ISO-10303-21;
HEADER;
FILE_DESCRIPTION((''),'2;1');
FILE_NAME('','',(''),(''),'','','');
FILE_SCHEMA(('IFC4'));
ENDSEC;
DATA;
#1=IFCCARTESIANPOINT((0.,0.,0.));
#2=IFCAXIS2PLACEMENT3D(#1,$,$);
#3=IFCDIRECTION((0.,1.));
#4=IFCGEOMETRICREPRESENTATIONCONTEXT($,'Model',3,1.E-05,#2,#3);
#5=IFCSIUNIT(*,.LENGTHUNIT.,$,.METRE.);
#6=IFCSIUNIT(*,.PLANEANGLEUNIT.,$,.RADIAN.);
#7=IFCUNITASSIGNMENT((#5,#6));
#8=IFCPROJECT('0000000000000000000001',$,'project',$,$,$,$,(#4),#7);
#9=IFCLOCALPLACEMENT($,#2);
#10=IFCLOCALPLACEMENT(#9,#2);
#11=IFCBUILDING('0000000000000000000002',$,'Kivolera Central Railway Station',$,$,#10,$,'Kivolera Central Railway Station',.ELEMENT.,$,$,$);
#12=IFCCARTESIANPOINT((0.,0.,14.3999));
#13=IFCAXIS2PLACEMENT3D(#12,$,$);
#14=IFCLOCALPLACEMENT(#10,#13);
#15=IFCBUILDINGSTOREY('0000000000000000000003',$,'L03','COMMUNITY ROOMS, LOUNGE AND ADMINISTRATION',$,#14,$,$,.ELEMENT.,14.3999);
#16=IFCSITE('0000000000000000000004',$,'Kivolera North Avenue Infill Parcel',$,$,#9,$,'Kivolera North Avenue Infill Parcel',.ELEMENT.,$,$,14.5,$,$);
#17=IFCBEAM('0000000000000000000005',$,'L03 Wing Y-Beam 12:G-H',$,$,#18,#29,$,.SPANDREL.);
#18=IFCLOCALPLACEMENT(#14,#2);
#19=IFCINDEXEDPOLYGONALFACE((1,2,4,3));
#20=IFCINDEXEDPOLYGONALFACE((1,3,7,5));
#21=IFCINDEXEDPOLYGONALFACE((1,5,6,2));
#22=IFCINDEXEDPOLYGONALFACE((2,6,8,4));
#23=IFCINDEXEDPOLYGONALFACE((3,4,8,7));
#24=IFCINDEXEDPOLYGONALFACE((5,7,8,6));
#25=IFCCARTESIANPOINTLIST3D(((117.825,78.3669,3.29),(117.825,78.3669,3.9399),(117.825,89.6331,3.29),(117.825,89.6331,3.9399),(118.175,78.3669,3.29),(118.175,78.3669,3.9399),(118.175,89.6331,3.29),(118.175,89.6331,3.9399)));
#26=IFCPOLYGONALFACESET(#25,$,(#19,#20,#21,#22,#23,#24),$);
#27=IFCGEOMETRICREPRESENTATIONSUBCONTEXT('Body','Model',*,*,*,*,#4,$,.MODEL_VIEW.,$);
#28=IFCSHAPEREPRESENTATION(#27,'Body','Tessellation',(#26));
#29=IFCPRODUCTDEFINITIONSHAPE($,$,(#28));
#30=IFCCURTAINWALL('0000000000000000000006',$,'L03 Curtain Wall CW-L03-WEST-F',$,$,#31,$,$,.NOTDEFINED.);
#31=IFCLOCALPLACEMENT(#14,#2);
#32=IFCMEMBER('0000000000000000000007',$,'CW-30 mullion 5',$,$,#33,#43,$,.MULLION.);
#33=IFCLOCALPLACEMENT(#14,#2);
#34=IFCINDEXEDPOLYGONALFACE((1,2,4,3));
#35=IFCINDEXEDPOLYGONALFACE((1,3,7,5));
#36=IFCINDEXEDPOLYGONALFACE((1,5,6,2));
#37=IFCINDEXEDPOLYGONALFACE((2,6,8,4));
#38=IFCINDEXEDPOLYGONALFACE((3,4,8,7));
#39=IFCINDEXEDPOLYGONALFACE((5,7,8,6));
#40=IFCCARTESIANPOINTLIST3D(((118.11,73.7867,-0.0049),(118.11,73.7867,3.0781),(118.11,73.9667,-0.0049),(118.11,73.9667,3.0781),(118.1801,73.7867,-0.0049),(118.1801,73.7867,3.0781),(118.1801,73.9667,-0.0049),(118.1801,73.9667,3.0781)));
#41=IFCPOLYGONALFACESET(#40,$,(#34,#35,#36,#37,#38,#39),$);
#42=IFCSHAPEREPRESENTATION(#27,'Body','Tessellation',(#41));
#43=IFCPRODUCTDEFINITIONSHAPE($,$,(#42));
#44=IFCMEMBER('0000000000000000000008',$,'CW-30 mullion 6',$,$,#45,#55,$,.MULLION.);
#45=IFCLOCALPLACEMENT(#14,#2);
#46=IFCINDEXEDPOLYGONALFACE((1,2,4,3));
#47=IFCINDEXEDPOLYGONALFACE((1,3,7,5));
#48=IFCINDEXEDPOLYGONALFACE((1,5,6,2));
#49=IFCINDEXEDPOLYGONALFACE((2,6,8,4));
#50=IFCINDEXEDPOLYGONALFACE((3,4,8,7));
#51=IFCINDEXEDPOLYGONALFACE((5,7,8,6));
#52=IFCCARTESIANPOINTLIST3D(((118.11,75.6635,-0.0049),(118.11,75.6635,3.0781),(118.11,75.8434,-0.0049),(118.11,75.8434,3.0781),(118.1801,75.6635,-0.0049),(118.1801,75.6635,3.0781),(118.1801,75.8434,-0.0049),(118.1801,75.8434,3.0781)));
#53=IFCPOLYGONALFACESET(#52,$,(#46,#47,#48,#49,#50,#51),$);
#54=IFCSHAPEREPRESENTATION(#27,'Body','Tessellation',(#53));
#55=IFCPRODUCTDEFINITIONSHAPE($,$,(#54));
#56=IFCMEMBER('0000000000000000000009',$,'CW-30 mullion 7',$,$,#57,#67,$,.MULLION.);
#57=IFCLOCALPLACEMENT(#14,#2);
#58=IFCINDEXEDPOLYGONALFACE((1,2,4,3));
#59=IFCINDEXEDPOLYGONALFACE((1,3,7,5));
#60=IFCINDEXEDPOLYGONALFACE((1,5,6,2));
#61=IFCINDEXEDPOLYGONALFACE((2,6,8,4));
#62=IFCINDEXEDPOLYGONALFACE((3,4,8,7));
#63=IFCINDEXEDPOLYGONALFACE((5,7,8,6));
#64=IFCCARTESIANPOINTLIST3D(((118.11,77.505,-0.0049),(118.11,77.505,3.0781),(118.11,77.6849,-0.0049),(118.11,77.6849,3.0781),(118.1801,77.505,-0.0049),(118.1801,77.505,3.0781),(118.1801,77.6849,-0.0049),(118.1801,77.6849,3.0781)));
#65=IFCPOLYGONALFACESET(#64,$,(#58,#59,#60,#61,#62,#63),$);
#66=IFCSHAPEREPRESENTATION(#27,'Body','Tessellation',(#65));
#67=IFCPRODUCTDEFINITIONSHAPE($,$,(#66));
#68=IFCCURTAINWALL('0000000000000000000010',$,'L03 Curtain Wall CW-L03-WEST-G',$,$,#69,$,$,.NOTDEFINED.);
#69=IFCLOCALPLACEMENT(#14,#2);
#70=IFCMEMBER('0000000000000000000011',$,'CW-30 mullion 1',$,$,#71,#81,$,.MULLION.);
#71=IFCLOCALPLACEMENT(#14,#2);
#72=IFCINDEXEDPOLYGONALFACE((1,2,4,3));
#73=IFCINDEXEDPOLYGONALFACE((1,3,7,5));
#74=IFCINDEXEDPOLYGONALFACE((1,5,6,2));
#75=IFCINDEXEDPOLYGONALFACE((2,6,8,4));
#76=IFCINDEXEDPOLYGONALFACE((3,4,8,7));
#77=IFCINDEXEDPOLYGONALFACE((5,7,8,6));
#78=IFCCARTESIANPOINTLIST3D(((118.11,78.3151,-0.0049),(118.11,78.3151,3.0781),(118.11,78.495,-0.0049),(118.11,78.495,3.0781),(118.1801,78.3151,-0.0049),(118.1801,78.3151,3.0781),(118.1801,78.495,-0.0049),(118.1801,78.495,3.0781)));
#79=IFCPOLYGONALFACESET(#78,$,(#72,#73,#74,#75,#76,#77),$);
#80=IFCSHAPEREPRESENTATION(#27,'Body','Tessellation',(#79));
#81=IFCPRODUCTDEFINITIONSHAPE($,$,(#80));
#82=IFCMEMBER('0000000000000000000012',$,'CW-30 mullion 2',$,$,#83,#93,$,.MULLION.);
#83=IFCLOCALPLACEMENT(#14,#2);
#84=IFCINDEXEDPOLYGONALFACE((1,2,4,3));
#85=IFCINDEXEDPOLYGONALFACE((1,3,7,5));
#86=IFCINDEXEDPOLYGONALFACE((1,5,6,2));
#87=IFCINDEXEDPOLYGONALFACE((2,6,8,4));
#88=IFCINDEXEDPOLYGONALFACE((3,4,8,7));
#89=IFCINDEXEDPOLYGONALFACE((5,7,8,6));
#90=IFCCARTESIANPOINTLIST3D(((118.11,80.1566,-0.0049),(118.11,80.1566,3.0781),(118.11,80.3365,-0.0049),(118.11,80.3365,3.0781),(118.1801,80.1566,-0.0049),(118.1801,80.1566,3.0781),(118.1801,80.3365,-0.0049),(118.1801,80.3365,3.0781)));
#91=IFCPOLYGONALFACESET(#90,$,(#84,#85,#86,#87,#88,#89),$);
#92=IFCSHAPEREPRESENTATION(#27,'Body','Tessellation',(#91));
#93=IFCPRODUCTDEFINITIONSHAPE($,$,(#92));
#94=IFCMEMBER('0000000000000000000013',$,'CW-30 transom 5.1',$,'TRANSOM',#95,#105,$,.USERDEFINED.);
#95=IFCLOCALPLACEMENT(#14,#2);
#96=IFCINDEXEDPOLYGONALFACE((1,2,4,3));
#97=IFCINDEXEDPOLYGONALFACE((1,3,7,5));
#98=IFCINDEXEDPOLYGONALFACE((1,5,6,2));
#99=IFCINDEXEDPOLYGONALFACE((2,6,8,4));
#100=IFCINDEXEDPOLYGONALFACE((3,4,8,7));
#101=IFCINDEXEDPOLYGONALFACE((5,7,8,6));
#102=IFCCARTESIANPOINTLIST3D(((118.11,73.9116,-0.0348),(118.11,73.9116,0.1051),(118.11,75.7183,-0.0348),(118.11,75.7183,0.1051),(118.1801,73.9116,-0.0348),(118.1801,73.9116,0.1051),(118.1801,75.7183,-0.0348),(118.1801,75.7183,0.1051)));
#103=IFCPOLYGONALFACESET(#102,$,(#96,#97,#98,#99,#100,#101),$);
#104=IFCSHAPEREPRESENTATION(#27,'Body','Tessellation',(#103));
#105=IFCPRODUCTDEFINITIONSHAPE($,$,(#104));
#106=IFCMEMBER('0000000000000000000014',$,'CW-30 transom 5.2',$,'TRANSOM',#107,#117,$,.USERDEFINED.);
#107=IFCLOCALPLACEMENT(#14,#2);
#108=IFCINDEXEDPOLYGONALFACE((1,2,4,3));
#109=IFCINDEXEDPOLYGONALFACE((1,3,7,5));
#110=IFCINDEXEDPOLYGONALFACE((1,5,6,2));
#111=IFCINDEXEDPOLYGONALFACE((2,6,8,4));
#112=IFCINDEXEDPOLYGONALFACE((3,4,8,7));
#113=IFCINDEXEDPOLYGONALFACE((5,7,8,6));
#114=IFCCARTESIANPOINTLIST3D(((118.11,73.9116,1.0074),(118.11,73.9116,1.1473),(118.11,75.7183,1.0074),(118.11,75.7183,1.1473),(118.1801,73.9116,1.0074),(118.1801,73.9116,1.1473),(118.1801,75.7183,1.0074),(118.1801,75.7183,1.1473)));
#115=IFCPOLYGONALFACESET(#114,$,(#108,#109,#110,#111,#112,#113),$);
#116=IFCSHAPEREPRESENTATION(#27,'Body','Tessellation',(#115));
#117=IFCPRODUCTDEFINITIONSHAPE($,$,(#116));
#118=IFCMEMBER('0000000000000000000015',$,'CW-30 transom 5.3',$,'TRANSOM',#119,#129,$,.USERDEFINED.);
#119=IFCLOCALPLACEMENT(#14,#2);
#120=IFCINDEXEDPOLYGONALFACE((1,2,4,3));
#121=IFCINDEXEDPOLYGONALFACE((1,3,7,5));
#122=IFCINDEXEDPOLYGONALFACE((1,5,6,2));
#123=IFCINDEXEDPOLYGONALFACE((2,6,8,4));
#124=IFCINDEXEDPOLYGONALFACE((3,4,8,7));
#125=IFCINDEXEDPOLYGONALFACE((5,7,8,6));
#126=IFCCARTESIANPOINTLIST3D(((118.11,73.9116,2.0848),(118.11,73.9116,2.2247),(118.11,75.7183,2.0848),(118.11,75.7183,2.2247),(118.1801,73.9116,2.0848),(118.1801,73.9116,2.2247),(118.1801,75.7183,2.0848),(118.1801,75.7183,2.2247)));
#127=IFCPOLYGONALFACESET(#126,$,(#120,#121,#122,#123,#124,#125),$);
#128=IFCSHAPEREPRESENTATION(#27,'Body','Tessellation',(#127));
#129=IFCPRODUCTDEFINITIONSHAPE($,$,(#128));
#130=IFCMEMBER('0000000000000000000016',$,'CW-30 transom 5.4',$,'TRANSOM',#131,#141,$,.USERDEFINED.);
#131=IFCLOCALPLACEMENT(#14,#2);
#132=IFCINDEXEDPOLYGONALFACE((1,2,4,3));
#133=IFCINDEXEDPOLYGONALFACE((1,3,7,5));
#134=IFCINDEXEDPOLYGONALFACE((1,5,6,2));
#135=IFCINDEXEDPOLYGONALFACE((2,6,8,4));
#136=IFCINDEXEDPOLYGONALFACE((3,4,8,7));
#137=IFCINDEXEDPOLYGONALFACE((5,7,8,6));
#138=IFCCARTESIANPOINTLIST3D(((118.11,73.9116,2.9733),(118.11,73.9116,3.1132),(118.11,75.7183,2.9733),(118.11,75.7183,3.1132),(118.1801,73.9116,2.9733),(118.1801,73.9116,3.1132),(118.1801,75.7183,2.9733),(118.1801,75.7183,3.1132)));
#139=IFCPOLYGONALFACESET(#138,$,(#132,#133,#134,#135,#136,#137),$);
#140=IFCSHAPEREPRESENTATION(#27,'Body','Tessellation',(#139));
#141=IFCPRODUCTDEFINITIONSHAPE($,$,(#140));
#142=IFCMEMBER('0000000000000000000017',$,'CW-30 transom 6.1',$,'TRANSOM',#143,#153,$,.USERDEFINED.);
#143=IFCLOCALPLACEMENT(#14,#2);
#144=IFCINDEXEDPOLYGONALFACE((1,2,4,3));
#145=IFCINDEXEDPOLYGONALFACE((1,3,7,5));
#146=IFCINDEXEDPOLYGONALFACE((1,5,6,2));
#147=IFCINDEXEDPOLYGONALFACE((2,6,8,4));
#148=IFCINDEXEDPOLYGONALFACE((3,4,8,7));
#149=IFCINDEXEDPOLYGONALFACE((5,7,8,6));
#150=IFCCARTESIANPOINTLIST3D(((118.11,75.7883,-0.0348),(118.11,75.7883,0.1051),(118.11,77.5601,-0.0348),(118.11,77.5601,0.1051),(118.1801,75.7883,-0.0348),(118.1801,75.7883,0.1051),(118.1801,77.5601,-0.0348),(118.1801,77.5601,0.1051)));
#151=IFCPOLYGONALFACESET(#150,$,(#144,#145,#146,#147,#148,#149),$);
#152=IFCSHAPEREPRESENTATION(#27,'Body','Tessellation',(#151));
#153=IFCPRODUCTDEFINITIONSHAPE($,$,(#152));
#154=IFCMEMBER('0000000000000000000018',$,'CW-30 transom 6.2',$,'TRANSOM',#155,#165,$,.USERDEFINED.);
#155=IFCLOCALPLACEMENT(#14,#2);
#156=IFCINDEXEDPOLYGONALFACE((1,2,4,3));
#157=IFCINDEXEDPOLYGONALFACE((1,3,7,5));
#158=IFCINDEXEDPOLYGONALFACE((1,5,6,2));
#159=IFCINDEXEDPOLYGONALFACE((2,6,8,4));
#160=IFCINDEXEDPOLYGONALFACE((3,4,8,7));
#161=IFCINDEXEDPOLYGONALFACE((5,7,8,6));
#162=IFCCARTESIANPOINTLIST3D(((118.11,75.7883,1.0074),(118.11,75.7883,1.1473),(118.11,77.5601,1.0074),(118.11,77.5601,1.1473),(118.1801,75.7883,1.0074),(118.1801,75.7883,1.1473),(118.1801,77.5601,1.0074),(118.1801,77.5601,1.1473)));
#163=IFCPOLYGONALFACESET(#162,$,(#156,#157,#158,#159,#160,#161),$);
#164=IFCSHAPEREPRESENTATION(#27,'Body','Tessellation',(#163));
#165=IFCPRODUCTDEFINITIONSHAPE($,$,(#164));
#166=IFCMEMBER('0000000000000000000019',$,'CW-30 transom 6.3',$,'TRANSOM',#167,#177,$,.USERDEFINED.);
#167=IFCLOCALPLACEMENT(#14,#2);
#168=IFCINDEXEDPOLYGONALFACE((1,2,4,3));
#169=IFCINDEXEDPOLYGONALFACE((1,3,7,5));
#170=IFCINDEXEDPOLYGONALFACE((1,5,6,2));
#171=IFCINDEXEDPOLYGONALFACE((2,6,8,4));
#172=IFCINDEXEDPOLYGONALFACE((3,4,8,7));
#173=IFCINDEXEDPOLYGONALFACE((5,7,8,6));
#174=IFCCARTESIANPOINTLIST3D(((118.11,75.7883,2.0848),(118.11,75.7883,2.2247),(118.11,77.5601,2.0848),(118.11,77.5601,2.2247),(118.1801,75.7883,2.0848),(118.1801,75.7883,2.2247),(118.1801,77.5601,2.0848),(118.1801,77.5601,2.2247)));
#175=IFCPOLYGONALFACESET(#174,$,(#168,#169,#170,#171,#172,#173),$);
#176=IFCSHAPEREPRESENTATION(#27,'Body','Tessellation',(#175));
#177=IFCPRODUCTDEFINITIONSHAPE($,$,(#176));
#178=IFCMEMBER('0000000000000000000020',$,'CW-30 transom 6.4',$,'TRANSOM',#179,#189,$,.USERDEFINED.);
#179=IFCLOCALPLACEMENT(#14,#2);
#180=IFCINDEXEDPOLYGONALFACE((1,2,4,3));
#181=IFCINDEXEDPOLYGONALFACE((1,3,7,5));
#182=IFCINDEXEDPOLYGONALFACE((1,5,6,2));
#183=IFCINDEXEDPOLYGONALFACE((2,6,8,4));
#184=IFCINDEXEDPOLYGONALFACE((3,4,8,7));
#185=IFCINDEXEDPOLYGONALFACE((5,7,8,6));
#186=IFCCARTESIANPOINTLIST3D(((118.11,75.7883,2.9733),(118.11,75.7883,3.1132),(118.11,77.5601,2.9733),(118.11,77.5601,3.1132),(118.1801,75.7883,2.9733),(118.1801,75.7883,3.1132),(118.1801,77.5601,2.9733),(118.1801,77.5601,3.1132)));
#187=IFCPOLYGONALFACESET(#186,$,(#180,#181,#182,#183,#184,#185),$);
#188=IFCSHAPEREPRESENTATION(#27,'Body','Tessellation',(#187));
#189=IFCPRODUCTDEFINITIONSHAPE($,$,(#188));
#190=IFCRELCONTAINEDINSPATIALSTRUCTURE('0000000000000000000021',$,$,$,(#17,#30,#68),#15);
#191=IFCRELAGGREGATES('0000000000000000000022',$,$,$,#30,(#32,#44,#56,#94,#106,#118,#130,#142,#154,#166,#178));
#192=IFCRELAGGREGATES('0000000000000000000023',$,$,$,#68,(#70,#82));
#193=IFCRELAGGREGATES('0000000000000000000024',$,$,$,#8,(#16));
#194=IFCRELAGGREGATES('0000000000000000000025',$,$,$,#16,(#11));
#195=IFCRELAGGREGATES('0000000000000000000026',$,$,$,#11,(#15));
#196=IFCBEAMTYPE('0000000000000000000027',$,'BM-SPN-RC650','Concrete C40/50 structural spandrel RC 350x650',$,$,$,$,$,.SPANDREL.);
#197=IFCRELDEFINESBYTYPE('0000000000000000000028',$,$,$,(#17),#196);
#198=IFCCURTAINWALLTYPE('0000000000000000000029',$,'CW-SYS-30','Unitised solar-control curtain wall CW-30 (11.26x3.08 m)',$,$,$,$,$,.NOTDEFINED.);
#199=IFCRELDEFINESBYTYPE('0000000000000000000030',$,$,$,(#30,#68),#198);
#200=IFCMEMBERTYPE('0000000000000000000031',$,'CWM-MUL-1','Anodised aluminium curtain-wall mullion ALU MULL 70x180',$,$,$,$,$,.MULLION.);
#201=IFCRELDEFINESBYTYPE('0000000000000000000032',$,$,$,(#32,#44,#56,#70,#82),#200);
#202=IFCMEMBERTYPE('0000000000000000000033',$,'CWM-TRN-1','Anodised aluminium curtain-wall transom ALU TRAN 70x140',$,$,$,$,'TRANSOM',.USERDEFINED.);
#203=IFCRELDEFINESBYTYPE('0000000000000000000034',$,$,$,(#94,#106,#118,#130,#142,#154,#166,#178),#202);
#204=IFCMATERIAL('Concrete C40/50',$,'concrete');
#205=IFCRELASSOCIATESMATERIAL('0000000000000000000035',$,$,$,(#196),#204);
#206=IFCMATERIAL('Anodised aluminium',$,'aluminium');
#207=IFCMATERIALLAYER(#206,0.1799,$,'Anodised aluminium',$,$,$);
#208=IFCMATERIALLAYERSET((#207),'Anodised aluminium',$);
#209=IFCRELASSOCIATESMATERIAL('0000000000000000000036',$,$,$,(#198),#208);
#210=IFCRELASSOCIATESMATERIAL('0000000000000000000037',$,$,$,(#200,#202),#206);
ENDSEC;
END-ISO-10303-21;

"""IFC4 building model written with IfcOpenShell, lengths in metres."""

from ifc_helpers import new_model, si_unit, direction, frame, origin, origin_2d, place, context, subcontext, project, spatial, rectangle, extrude, material, layer, layer_set, material_profile, profile_set, type_object, element, aggregate, save


model = new_model("IFC4")

# Units and contexts
model_context = context("Model", 3, precision=1e-05, world=origin(), true_north=direction((0.0, 1.0)))
body_context = subcontext(model_context, "Body", "Model", "MODEL_VIEW")
ifc_project = project(units=[si_unit("LENGTHUNIT", "METRE"), si_unit("PLANEANGLEUNIT", "RADIAN")], contexts=[model_context])

# Site, building, storey
site_placement = place(None, origin())
site = spatial("IfcSite", under=ifc_project, at=site_placement, Name="Kivolera North Avenue Infill Parcel", LongName="Kivolera North Avenue Infill Parcel", CompositionType="ELEMENT", RefElevation=14.5)
building_placement = place(site_placement, origin())
building = spatial("IfcBuilding", under=site, at=building_placement, Name="Kivolera Central Railway Station", LongName="Kivolera Central Railway Station", CompositionType="ELEMENT")
storey_placement = place(building_placement, frame((0.0, 0.0, 14.3999)))
storey = spatial("IfcBuildingStorey", under=building, at=storey_placement, Name="L03", Description="COMMUNITY ROOMS, LOUNGE AND ADMINISTRATION", CompositionType="ELEMENT", Elevation=14.3999)

# Beam
ifc_material_1 = material(Name="Concrete C40/50", Category="concrete")
ifc_material_profile_1 = material_profile(ifc_material_1, rectangle(XDim=0.3501, YDim=0.6499, at=origin_2d()), Name="RC 350x650")
ifc_profile_set_1 = profile_set([ifc_material_profile_1], Name="Concrete C40/50")
beam_type = type_object("IfcBeamType", Name="BM-SPN-RC650", Description="Concrete C40/50 structural spandrel RC 350x650", PredefinedType="SPANDREL", material=ifc_profile_set_1)
beam_placement = place(storey_placement, frame((118.0, 78.3669, 3.615), z_axis=(0.0, 1.0, 0.0), x_axis=(-1.0, 0.0, 0.0)))
element("IfcBeam", 1, at=beam_placement, inside=storey, type_object=beam_type, Name="L03 Wing Y-Beam 12:G-H", PredefinedType="SPANDREL", context=body_context, shape_type="SweptSolid", body=[
    extrude(rectangle(XDim=0.3501, YDim=0.6499, at=origin_2d()), origin(), (0.0, 0.0, 1.0), 11.2661),
])

# Curtain walls, members
ifc_material_2 = material(Name="Anodised aluminium", Category="aluminium")
ifc_layer_1 = layer(ifc_material_2, 0.1799, Name="Anodised aluminium")
ifc_layer_set_1 = layer_set([ifc_layer_1], Name="Anodised aluminium")
curtain_wall_type = type_object("IfcCurtainWallType", Name="CW-SYS-30", Description="Unitised solar-control curtain wall CW-30 (11.26x3.08 m)", PredefinedType="NOTDEFINED", material=ifc_layer_set_1)
curtain_wall_1_placement = place(storey_placement, origin())
curtain_wall_1 = element("IfcCurtainWall", 2, at=curtain_wall_1_placement, inside=storey, type_object=curtain_wall_type, Name="L03 Curtain Wall CW-L03-WEST-F", PredefinedType="NOTDEFINED")
ifc_material_profile_2 = material_profile(ifc_material_2, rectangle(XDim=0.0701, YDim=0.1799, at=origin_2d()), Name="ALU MULL 70x180")
ifc_profile_set_2 = profile_set([ifc_material_profile_2], Name="Anodised aluminium")
member_type_1 = type_object("IfcMemberType", Name="CWM-MUL-1", Description="Anodised aluminium curtain-wall mullion ALU MULL 70x180", PredefinedType="MULLION", material=ifc_profile_set_2)
member_1_placement = place(storey_placement, frame((118.145, 73.8767, -0.0049), z_axis=(0.0, 0.0, 1.0), x_axis=(-1.0, 0.0, 0.0)))
member_1 = element("IfcMember", 3, at=member_1_placement, type_object=member_type_1, Name="CW-30 mullion 5", PredefinedType="MULLION", context=body_context, shape_type="SweptSolid", body=[
    extrude(rectangle(XDim=0.0701, YDim=0.1799, at=origin_2d()), origin(), (0.0, 0.0, 1.0), 3.083),
])
member_2_placement = place(storey_placement, frame((118.145, 75.7534, -0.0049), z_axis=(0.0, 0.0, 1.0), x_axis=(-1.0, 0.0, 0.0)))
member_2 = element("IfcMember", 4, at=member_2_placement, type_object=member_type_1, Name="CW-30 mullion 6", PredefinedType="MULLION", context=body_context, shape_type="SweptSolid", body=[
    extrude(rectangle(XDim=0.0701, YDim=0.1799, at=origin_2d()), origin(), (0.0, 0.0, 1.0), 3.083),
])
member_3_placement = place(storey_placement, frame((118.145, 77.595, -0.0049), z_axis=(0.0, 0.0, 1.0), x_axis=(-1.0, 0.0, 0.0)))
member_3 = element("IfcMember", 5, at=member_3_placement, type_object=member_type_1, Name="CW-30 mullion 7", PredefinedType="MULLION", context=body_context, shape_type="SweptSolid", body=[
    extrude(rectangle(XDim=0.0701, YDim=0.1799, at=origin_2d()), origin(), (0.0, 0.0, 1.0), 3.083),
])
curtain_wall_2_placement = place(storey_placement, origin())
curtain_wall_2 = element("IfcCurtainWall", 6, at=curtain_wall_2_placement, inside=storey, type_object=curtain_wall_type, Name="L03 Curtain Wall CW-L03-WEST-G", PredefinedType="NOTDEFINED")
member_4_placement = place(storey_placement, frame((118.145, 78.405, -0.0049), z_axis=(0.0, 0.0, 1.0), x_axis=(-1.0, 0.0, 0.0)))
member_4 = element("IfcMember", 7, at=member_4_placement, type_object=member_type_1, Name="CW-30 mullion 1", PredefinedType="MULLION", context=body_context, shape_type="SweptSolid", body=[
    extrude(rectangle(XDim=0.0701, YDim=0.1799, at=origin_2d()), origin(), (0.0, 0.0, 1.0), 3.083),
])
member_5_placement = place(storey_placement, frame((118.145, 80.2466, -0.0049), z_axis=(0.0, 0.0, 1.0), x_axis=(-1.0, 0.0, 0.0)))
member_5 = element("IfcMember", 8, at=member_5_placement, type_object=member_type_1, Name="CW-30 mullion 2", PredefinedType="MULLION", context=body_context, shape_type="SweptSolid", body=[
    extrude(rectangle(XDim=0.0701, YDim=0.1799, at=origin_2d()), origin(), (0.0, 0.0, 1.0), 3.083),
])

# Members
ifc_material_profile_3 = material_profile(ifc_material_2, rectangle(XDim=0.0701, YDim=0.1399, at=origin_2d()), Name="ALU TRAN 70x140")
ifc_profile_set_3 = profile_set([ifc_material_profile_3], Name="Anodised aluminium")
member_type_2 = type_object("IfcMemberType", Name="CWM-TRN-1", Description="Anodised aluminium curtain-wall transom ALU TRAN 70x140", ElementType="TRANSOM", PredefinedType="USERDEFINED", material=ifc_profile_set_3)
member_6_placement = place(storey_placement, frame((118.145, 73.9116, 0.0352), z_axis=(0.0, 1.0, 0.0), x_axis=(-1.0, 0.0, 0.0)))
member_6 = element("IfcMember", 9, at=member_6_placement, type_object=member_type_2, Name="CW-30 transom 5.1", ObjectType="TRANSOM", PredefinedType="USERDEFINED", context=body_context, shape_type="SweptSolid", body=[
    extrude(rectangle(XDim=0.0701, YDim=0.1399, at=origin_2d()), origin(), (0.0, 0.0, 1.0), 1.8066),
])
member_7_placement = place(storey_placement, frame((118.145, 73.9116, 1.0774), z_axis=(0.0, 1.0, 0.0), x_axis=(-1.0, 0.0, 0.0)))
member_7 = element("IfcMember", 10, at=member_7_placement, type_object=member_type_2, Name="CW-30 transom 5.2", ObjectType="TRANSOM", PredefinedType="USERDEFINED", context=body_context, shape_type="SweptSolid", body=[
    extrude(rectangle(XDim=0.0701, YDim=0.1399, at=origin_2d()), origin(), (0.0, 0.0, 1.0), 1.8066),
])
member_8_placement = place(storey_placement, frame((118.145, 73.9116, 2.1548), z_axis=(0.0, 1.0, 0.0), x_axis=(-1.0, 0.0, 0.0)))
member_8 = element("IfcMember", 11, at=member_8_placement, type_object=member_type_2, Name="CW-30 transom 5.3", ObjectType="TRANSOM", PredefinedType="USERDEFINED", context=body_context, shape_type="SweptSolid", body=[
    extrude(rectangle(XDim=0.0701, YDim=0.1399, at=origin_2d()), origin(), (0.0, 0.0, 1.0), 1.8066),
])
member_9_placement = place(storey_placement, frame((118.145, 73.9116, 3.0432), z_axis=(0.0, 1.0, 0.0), x_axis=(-1.0, 0.0, 0.0)))
member_9 = element("IfcMember", 12, at=member_9_placement, type_object=member_type_2, Name="CW-30 transom 5.4", ObjectType="TRANSOM", PredefinedType="USERDEFINED", context=body_context, shape_type="SweptSolid", body=[
    extrude(rectangle(XDim=0.0701, YDim=0.1399, at=origin_2d()), origin(), (0.0, 0.0, 1.0), 1.8066),
])
member_10_placement = place(storey_placement, frame((118.145, 75.7883, 0.0352), z_axis=(0.0, 1.0, 0.0), x_axis=(-1.0, 0.0, 0.0)))
member_10 = element("IfcMember", 13, at=member_10_placement, type_object=member_type_2, Name="CW-30 transom 6.1", ObjectType="TRANSOM", PredefinedType="USERDEFINED", context=body_context, shape_type="SweptSolid", body=[
    extrude(rectangle(XDim=0.0701, YDim=0.1399, at=origin_2d()), origin(), (0.0, 0.0, 1.0), 1.7717),
])
member_11_placement = place(storey_placement, frame((118.145, 75.7883, 1.0774), z_axis=(0.0, 1.0, 0.0), x_axis=(-1.0, 0.0, 0.0)))
member_11 = element("IfcMember", 14, at=member_11_placement, type_object=member_type_2, Name="CW-30 transom 6.2", ObjectType="TRANSOM", PredefinedType="USERDEFINED", context=body_context, shape_type="SweptSolid", body=[
    extrude(rectangle(XDim=0.0701, YDim=0.1399, at=origin_2d()), origin(), (0.0, 0.0, 1.0), 1.7717),
])
member_12_placement = place(storey_placement, frame((118.145, 75.7883, 2.1548), z_axis=(0.0, 1.0, 0.0), x_axis=(-1.0, 0.0, 0.0)))
member_12 = element("IfcMember", 15, at=member_12_placement, type_object=member_type_2, Name="CW-30 transom 6.3", ObjectType="TRANSOM", PredefinedType="USERDEFINED", context=body_context, shape_type="SweptSolid", body=[
    extrude(rectangle(XDim=0.0701, YDim=0.1399, at=origin_2d()), origin(), (0.0, 0.0, 1.0), 1.7717),
])
member_13_placement = place(storey_placement, frame((118.145, 75.7883, 3.0432), z_axis=(0.0, 1.0, 0.0), x_axis=(-1.0, 0.0, 0.0)))
member_13 = element("IfcMember", 16, at=member_13_placement, type_object=member_type_2, Name="CW-30 transom 6.4", ObjectType="TRANSOM", PredefinedType="USERDEFINED", context=body_context, shape_type="SweptSolid", body=[
    extrude(rectangle(XDim=0.0701, YDim=0.1399, at=origin_2d()), origin(), (0.0, 0.0, 1.0), 1.7717),
])

aggregate(curtain_wall_1, [member_1, member_2, member_3, member_6, member_7, member_8, member_9, member_10, member_11, member_12, member_13])
aggregate(curtain_wall_2, [member_4, member_5])

save(model, "model.ifc")
